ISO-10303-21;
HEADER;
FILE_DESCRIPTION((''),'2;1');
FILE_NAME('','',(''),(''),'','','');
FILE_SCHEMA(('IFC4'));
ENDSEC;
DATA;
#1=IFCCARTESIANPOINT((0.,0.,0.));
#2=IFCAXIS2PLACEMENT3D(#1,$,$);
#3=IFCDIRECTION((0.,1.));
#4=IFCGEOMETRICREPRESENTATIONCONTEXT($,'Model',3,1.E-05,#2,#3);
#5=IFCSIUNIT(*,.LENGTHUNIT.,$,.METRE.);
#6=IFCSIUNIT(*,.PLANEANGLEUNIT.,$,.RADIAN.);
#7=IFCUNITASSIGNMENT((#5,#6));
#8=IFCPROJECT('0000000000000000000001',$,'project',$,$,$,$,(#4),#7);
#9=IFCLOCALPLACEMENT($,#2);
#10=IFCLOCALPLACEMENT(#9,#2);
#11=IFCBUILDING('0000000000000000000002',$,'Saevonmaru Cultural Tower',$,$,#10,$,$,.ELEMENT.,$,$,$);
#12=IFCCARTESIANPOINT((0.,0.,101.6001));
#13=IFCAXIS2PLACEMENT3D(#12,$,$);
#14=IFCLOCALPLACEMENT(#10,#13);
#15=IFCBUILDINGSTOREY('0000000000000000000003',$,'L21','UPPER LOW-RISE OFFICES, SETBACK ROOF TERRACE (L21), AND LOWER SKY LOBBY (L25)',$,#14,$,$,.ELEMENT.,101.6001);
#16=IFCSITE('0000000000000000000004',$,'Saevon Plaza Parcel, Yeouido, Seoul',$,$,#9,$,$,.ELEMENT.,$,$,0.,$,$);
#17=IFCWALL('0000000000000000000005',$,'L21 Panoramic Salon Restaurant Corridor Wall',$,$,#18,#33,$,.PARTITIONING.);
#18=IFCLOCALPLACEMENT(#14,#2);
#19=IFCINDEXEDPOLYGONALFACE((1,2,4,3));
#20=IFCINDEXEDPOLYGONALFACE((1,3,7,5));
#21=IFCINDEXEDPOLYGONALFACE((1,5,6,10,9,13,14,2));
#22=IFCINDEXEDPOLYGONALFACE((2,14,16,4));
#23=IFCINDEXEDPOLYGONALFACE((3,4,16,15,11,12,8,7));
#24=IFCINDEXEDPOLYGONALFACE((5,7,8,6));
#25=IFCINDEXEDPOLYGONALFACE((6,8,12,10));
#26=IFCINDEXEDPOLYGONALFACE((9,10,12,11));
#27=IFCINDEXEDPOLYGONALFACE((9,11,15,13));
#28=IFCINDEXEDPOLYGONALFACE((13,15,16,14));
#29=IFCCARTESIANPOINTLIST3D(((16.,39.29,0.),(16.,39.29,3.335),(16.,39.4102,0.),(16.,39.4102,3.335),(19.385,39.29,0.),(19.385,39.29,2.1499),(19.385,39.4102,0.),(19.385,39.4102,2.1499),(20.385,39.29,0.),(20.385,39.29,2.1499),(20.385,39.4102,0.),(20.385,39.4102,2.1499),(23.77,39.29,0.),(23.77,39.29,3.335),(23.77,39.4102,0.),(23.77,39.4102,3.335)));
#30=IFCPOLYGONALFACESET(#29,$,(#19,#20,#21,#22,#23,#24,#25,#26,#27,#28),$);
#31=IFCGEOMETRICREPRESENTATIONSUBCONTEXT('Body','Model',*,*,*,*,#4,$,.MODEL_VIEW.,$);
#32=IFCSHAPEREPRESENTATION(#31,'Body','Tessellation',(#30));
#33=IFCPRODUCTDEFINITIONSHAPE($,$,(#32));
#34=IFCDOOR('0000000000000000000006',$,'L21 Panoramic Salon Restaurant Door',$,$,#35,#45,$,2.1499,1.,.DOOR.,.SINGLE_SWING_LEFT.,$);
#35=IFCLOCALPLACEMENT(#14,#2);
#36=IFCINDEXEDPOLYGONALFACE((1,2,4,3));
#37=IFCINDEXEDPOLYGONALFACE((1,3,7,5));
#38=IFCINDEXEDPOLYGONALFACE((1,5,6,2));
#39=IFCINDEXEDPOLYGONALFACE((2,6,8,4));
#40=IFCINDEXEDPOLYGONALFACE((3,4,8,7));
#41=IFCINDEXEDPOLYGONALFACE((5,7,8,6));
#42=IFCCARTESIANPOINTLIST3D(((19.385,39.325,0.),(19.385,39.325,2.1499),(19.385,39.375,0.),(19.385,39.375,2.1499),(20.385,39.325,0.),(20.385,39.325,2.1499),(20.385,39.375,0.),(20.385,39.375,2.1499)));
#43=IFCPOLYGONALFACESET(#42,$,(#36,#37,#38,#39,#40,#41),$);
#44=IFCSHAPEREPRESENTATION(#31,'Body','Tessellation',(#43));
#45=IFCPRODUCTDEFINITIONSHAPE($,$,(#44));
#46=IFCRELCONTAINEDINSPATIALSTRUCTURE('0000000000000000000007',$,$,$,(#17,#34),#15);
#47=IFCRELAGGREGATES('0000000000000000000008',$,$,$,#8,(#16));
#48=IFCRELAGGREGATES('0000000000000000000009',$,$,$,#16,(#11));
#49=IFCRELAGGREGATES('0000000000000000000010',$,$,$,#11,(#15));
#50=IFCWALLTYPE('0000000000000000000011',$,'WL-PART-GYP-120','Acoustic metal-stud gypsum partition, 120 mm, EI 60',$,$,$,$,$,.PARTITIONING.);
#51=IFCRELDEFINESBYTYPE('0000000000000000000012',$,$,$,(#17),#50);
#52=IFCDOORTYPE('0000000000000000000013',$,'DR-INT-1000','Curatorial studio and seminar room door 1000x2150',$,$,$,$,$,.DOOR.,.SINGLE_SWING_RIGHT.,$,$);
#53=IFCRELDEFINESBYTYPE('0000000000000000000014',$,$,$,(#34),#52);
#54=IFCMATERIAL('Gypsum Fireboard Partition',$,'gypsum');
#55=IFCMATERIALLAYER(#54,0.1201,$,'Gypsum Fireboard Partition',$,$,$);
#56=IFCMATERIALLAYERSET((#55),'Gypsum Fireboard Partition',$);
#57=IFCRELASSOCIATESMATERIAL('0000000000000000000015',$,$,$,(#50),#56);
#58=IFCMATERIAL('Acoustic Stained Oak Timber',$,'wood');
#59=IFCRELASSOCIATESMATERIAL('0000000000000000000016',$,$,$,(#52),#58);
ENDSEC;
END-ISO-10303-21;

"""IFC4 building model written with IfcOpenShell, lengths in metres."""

from ifc_helpers import new_model, si_unit, direction, frame, frame_2d, origin, place, context, subcontext, project, spatial, rectangle, extrude, material, layer, layer_set, type_object, element, fill, save


model = new_model("IFC4")

# Units and contexts
model_context = context("Model", 3, precision=1e-05, world=origin(), true_north=direction((0.0, 1.0)))
body_context = subcontext(model_context, "Body", "Model", "MODEL_VIEW")
ifc_project = project(units=[si_unit("LENGTHUNIT", "METRE"), si_unit("PLANEANGLEUNIT", "RADIAN")], contexts=[model_context])

# Site, building, storey
site_placement = place(None, origin())
site = spatial("IfcSite", under=ifc_project, at=site_placement, Name="Saevon Plaza Parcel, Yeouido, Seoul", CompositionType="ELEMENT", RefElevation=0.0)
building_placement = place(site_placement, origin())
building = spatial("IfcBuilding", under=site, at=building_placement, Name="Saevonmaru Cultural Tower", CompositionType="ELEMENT")
storey_placement = place(building_placement, frame((0.0, 0.0, 101.6001)))
storey = spatial("IfcBuildingStorey", under=building, at=storey_placement, Name="L21", Description="UPPER LOW-RISE OFFICES, SETBACK ROOF TERRACE (L21), AND LOWER SKY LOBBY (L25)", CompositionType="ELEMENT", Elevation=101.6001)

# Shared definitions
ifc_material_1 = material(Name="Gypsum Fireboard Partition", Category="gypsum")
ifc_layer_1 = layer(ifc_material_1, 0.1201, Name="Gypsum Fireboard Partition")
ifc_layer_set_1 = layer_set([ifc_layer_1], Name="Gypsum Fireboard Partition")
wall_type_1 = type_object("IfcWallType", Name="WL-PART-GYP-120", Description="Acoustic metal-stud gypsum partition, 120 mm, EI 60", PredefinedType="PARTITIONING", material=ifc_layer_set_1)

# Shared definitions
ifc_material_2 = material(Name="Acoustic Stained Oak Timber", Category="wood")
door_type = type_object("IfcDoorType", Name="DR-INT-1000", Description="Curatorial studio and seminar room door 1000x2150", OperationType="SINGLE_SWING_RIGHT", PredefinedType="DOOR", material=ifc_material_2)

# Wall, opening, door
wall_1_placement = place(storey_placement, frame((16.0, 39.3501, 0.0), z_axis=(0.0, 0.0, 1.0), x_axis=(1.0, 0.0, 0.0)))
wall_1 = element("IfcWall", 1, at=wall_1_placement, inside=storey, type_object=wall_type_1, Name="L21 Panoramic Salon Restaurant Corridor Wall", PredefinedType="PARTITIONING", context=body_context, shape_type="SweptSolid", body=[
    extrude(rectangle(XDim=7.77, YDim=0.1201, at=frame_2d((3.885, 0.0))), origin(), (0.0, 0.0, 1.0), 3.335),
])
opening_1_placement = place(wall_1_placement, frame((3.385, 0.0, 0.0)))
opening_1 = element("IfcOpeningElement", 2, at=opening_1_placement, cuts=wall_1, PredefinedType="OPENING", context=body_context, shape_type="SweptSolid", body=[
    extrude(rectangle(XDim=1.0, YDim=2.1499, at=frame_2d((0.5, 1.075))), frame((0.0, 0.0701, 0.0), z_axis=(0.0, -1.0, 0.0), x_axis=(1.0, 0.0, 0.0)), (0.0, 0.0, 1.0), 0.1401),
])
door_1_placement = place(opening_1_placement, origin())
door_1 = element("IfcDoor", 3, at=door_1_placement, inside=storey, type_object=door_type, Name="L21 Panoramic Salon Restaurant Door", OperationType="SINGLE_SWING_LEFT", OverallHeight=2.1499, OverallWidth=1.0, PredefinedType="DOOR", context=body_context, shape_type="SweptSolid", body=[
    extrude(rectangle(XDim=1.0, YDim=2.1499, at=frame_2d((0.5, 1.075))), frame((0.0, 0.0249, 0.0), z_axis=(0.0, -1.0, 0.0), x_axis=(1.0, 0.0, 0.0)), (0.0, 0.0, 1.0), 0.05),
])
fill(opening_1, door_1)

save(model, "model.ifc")
